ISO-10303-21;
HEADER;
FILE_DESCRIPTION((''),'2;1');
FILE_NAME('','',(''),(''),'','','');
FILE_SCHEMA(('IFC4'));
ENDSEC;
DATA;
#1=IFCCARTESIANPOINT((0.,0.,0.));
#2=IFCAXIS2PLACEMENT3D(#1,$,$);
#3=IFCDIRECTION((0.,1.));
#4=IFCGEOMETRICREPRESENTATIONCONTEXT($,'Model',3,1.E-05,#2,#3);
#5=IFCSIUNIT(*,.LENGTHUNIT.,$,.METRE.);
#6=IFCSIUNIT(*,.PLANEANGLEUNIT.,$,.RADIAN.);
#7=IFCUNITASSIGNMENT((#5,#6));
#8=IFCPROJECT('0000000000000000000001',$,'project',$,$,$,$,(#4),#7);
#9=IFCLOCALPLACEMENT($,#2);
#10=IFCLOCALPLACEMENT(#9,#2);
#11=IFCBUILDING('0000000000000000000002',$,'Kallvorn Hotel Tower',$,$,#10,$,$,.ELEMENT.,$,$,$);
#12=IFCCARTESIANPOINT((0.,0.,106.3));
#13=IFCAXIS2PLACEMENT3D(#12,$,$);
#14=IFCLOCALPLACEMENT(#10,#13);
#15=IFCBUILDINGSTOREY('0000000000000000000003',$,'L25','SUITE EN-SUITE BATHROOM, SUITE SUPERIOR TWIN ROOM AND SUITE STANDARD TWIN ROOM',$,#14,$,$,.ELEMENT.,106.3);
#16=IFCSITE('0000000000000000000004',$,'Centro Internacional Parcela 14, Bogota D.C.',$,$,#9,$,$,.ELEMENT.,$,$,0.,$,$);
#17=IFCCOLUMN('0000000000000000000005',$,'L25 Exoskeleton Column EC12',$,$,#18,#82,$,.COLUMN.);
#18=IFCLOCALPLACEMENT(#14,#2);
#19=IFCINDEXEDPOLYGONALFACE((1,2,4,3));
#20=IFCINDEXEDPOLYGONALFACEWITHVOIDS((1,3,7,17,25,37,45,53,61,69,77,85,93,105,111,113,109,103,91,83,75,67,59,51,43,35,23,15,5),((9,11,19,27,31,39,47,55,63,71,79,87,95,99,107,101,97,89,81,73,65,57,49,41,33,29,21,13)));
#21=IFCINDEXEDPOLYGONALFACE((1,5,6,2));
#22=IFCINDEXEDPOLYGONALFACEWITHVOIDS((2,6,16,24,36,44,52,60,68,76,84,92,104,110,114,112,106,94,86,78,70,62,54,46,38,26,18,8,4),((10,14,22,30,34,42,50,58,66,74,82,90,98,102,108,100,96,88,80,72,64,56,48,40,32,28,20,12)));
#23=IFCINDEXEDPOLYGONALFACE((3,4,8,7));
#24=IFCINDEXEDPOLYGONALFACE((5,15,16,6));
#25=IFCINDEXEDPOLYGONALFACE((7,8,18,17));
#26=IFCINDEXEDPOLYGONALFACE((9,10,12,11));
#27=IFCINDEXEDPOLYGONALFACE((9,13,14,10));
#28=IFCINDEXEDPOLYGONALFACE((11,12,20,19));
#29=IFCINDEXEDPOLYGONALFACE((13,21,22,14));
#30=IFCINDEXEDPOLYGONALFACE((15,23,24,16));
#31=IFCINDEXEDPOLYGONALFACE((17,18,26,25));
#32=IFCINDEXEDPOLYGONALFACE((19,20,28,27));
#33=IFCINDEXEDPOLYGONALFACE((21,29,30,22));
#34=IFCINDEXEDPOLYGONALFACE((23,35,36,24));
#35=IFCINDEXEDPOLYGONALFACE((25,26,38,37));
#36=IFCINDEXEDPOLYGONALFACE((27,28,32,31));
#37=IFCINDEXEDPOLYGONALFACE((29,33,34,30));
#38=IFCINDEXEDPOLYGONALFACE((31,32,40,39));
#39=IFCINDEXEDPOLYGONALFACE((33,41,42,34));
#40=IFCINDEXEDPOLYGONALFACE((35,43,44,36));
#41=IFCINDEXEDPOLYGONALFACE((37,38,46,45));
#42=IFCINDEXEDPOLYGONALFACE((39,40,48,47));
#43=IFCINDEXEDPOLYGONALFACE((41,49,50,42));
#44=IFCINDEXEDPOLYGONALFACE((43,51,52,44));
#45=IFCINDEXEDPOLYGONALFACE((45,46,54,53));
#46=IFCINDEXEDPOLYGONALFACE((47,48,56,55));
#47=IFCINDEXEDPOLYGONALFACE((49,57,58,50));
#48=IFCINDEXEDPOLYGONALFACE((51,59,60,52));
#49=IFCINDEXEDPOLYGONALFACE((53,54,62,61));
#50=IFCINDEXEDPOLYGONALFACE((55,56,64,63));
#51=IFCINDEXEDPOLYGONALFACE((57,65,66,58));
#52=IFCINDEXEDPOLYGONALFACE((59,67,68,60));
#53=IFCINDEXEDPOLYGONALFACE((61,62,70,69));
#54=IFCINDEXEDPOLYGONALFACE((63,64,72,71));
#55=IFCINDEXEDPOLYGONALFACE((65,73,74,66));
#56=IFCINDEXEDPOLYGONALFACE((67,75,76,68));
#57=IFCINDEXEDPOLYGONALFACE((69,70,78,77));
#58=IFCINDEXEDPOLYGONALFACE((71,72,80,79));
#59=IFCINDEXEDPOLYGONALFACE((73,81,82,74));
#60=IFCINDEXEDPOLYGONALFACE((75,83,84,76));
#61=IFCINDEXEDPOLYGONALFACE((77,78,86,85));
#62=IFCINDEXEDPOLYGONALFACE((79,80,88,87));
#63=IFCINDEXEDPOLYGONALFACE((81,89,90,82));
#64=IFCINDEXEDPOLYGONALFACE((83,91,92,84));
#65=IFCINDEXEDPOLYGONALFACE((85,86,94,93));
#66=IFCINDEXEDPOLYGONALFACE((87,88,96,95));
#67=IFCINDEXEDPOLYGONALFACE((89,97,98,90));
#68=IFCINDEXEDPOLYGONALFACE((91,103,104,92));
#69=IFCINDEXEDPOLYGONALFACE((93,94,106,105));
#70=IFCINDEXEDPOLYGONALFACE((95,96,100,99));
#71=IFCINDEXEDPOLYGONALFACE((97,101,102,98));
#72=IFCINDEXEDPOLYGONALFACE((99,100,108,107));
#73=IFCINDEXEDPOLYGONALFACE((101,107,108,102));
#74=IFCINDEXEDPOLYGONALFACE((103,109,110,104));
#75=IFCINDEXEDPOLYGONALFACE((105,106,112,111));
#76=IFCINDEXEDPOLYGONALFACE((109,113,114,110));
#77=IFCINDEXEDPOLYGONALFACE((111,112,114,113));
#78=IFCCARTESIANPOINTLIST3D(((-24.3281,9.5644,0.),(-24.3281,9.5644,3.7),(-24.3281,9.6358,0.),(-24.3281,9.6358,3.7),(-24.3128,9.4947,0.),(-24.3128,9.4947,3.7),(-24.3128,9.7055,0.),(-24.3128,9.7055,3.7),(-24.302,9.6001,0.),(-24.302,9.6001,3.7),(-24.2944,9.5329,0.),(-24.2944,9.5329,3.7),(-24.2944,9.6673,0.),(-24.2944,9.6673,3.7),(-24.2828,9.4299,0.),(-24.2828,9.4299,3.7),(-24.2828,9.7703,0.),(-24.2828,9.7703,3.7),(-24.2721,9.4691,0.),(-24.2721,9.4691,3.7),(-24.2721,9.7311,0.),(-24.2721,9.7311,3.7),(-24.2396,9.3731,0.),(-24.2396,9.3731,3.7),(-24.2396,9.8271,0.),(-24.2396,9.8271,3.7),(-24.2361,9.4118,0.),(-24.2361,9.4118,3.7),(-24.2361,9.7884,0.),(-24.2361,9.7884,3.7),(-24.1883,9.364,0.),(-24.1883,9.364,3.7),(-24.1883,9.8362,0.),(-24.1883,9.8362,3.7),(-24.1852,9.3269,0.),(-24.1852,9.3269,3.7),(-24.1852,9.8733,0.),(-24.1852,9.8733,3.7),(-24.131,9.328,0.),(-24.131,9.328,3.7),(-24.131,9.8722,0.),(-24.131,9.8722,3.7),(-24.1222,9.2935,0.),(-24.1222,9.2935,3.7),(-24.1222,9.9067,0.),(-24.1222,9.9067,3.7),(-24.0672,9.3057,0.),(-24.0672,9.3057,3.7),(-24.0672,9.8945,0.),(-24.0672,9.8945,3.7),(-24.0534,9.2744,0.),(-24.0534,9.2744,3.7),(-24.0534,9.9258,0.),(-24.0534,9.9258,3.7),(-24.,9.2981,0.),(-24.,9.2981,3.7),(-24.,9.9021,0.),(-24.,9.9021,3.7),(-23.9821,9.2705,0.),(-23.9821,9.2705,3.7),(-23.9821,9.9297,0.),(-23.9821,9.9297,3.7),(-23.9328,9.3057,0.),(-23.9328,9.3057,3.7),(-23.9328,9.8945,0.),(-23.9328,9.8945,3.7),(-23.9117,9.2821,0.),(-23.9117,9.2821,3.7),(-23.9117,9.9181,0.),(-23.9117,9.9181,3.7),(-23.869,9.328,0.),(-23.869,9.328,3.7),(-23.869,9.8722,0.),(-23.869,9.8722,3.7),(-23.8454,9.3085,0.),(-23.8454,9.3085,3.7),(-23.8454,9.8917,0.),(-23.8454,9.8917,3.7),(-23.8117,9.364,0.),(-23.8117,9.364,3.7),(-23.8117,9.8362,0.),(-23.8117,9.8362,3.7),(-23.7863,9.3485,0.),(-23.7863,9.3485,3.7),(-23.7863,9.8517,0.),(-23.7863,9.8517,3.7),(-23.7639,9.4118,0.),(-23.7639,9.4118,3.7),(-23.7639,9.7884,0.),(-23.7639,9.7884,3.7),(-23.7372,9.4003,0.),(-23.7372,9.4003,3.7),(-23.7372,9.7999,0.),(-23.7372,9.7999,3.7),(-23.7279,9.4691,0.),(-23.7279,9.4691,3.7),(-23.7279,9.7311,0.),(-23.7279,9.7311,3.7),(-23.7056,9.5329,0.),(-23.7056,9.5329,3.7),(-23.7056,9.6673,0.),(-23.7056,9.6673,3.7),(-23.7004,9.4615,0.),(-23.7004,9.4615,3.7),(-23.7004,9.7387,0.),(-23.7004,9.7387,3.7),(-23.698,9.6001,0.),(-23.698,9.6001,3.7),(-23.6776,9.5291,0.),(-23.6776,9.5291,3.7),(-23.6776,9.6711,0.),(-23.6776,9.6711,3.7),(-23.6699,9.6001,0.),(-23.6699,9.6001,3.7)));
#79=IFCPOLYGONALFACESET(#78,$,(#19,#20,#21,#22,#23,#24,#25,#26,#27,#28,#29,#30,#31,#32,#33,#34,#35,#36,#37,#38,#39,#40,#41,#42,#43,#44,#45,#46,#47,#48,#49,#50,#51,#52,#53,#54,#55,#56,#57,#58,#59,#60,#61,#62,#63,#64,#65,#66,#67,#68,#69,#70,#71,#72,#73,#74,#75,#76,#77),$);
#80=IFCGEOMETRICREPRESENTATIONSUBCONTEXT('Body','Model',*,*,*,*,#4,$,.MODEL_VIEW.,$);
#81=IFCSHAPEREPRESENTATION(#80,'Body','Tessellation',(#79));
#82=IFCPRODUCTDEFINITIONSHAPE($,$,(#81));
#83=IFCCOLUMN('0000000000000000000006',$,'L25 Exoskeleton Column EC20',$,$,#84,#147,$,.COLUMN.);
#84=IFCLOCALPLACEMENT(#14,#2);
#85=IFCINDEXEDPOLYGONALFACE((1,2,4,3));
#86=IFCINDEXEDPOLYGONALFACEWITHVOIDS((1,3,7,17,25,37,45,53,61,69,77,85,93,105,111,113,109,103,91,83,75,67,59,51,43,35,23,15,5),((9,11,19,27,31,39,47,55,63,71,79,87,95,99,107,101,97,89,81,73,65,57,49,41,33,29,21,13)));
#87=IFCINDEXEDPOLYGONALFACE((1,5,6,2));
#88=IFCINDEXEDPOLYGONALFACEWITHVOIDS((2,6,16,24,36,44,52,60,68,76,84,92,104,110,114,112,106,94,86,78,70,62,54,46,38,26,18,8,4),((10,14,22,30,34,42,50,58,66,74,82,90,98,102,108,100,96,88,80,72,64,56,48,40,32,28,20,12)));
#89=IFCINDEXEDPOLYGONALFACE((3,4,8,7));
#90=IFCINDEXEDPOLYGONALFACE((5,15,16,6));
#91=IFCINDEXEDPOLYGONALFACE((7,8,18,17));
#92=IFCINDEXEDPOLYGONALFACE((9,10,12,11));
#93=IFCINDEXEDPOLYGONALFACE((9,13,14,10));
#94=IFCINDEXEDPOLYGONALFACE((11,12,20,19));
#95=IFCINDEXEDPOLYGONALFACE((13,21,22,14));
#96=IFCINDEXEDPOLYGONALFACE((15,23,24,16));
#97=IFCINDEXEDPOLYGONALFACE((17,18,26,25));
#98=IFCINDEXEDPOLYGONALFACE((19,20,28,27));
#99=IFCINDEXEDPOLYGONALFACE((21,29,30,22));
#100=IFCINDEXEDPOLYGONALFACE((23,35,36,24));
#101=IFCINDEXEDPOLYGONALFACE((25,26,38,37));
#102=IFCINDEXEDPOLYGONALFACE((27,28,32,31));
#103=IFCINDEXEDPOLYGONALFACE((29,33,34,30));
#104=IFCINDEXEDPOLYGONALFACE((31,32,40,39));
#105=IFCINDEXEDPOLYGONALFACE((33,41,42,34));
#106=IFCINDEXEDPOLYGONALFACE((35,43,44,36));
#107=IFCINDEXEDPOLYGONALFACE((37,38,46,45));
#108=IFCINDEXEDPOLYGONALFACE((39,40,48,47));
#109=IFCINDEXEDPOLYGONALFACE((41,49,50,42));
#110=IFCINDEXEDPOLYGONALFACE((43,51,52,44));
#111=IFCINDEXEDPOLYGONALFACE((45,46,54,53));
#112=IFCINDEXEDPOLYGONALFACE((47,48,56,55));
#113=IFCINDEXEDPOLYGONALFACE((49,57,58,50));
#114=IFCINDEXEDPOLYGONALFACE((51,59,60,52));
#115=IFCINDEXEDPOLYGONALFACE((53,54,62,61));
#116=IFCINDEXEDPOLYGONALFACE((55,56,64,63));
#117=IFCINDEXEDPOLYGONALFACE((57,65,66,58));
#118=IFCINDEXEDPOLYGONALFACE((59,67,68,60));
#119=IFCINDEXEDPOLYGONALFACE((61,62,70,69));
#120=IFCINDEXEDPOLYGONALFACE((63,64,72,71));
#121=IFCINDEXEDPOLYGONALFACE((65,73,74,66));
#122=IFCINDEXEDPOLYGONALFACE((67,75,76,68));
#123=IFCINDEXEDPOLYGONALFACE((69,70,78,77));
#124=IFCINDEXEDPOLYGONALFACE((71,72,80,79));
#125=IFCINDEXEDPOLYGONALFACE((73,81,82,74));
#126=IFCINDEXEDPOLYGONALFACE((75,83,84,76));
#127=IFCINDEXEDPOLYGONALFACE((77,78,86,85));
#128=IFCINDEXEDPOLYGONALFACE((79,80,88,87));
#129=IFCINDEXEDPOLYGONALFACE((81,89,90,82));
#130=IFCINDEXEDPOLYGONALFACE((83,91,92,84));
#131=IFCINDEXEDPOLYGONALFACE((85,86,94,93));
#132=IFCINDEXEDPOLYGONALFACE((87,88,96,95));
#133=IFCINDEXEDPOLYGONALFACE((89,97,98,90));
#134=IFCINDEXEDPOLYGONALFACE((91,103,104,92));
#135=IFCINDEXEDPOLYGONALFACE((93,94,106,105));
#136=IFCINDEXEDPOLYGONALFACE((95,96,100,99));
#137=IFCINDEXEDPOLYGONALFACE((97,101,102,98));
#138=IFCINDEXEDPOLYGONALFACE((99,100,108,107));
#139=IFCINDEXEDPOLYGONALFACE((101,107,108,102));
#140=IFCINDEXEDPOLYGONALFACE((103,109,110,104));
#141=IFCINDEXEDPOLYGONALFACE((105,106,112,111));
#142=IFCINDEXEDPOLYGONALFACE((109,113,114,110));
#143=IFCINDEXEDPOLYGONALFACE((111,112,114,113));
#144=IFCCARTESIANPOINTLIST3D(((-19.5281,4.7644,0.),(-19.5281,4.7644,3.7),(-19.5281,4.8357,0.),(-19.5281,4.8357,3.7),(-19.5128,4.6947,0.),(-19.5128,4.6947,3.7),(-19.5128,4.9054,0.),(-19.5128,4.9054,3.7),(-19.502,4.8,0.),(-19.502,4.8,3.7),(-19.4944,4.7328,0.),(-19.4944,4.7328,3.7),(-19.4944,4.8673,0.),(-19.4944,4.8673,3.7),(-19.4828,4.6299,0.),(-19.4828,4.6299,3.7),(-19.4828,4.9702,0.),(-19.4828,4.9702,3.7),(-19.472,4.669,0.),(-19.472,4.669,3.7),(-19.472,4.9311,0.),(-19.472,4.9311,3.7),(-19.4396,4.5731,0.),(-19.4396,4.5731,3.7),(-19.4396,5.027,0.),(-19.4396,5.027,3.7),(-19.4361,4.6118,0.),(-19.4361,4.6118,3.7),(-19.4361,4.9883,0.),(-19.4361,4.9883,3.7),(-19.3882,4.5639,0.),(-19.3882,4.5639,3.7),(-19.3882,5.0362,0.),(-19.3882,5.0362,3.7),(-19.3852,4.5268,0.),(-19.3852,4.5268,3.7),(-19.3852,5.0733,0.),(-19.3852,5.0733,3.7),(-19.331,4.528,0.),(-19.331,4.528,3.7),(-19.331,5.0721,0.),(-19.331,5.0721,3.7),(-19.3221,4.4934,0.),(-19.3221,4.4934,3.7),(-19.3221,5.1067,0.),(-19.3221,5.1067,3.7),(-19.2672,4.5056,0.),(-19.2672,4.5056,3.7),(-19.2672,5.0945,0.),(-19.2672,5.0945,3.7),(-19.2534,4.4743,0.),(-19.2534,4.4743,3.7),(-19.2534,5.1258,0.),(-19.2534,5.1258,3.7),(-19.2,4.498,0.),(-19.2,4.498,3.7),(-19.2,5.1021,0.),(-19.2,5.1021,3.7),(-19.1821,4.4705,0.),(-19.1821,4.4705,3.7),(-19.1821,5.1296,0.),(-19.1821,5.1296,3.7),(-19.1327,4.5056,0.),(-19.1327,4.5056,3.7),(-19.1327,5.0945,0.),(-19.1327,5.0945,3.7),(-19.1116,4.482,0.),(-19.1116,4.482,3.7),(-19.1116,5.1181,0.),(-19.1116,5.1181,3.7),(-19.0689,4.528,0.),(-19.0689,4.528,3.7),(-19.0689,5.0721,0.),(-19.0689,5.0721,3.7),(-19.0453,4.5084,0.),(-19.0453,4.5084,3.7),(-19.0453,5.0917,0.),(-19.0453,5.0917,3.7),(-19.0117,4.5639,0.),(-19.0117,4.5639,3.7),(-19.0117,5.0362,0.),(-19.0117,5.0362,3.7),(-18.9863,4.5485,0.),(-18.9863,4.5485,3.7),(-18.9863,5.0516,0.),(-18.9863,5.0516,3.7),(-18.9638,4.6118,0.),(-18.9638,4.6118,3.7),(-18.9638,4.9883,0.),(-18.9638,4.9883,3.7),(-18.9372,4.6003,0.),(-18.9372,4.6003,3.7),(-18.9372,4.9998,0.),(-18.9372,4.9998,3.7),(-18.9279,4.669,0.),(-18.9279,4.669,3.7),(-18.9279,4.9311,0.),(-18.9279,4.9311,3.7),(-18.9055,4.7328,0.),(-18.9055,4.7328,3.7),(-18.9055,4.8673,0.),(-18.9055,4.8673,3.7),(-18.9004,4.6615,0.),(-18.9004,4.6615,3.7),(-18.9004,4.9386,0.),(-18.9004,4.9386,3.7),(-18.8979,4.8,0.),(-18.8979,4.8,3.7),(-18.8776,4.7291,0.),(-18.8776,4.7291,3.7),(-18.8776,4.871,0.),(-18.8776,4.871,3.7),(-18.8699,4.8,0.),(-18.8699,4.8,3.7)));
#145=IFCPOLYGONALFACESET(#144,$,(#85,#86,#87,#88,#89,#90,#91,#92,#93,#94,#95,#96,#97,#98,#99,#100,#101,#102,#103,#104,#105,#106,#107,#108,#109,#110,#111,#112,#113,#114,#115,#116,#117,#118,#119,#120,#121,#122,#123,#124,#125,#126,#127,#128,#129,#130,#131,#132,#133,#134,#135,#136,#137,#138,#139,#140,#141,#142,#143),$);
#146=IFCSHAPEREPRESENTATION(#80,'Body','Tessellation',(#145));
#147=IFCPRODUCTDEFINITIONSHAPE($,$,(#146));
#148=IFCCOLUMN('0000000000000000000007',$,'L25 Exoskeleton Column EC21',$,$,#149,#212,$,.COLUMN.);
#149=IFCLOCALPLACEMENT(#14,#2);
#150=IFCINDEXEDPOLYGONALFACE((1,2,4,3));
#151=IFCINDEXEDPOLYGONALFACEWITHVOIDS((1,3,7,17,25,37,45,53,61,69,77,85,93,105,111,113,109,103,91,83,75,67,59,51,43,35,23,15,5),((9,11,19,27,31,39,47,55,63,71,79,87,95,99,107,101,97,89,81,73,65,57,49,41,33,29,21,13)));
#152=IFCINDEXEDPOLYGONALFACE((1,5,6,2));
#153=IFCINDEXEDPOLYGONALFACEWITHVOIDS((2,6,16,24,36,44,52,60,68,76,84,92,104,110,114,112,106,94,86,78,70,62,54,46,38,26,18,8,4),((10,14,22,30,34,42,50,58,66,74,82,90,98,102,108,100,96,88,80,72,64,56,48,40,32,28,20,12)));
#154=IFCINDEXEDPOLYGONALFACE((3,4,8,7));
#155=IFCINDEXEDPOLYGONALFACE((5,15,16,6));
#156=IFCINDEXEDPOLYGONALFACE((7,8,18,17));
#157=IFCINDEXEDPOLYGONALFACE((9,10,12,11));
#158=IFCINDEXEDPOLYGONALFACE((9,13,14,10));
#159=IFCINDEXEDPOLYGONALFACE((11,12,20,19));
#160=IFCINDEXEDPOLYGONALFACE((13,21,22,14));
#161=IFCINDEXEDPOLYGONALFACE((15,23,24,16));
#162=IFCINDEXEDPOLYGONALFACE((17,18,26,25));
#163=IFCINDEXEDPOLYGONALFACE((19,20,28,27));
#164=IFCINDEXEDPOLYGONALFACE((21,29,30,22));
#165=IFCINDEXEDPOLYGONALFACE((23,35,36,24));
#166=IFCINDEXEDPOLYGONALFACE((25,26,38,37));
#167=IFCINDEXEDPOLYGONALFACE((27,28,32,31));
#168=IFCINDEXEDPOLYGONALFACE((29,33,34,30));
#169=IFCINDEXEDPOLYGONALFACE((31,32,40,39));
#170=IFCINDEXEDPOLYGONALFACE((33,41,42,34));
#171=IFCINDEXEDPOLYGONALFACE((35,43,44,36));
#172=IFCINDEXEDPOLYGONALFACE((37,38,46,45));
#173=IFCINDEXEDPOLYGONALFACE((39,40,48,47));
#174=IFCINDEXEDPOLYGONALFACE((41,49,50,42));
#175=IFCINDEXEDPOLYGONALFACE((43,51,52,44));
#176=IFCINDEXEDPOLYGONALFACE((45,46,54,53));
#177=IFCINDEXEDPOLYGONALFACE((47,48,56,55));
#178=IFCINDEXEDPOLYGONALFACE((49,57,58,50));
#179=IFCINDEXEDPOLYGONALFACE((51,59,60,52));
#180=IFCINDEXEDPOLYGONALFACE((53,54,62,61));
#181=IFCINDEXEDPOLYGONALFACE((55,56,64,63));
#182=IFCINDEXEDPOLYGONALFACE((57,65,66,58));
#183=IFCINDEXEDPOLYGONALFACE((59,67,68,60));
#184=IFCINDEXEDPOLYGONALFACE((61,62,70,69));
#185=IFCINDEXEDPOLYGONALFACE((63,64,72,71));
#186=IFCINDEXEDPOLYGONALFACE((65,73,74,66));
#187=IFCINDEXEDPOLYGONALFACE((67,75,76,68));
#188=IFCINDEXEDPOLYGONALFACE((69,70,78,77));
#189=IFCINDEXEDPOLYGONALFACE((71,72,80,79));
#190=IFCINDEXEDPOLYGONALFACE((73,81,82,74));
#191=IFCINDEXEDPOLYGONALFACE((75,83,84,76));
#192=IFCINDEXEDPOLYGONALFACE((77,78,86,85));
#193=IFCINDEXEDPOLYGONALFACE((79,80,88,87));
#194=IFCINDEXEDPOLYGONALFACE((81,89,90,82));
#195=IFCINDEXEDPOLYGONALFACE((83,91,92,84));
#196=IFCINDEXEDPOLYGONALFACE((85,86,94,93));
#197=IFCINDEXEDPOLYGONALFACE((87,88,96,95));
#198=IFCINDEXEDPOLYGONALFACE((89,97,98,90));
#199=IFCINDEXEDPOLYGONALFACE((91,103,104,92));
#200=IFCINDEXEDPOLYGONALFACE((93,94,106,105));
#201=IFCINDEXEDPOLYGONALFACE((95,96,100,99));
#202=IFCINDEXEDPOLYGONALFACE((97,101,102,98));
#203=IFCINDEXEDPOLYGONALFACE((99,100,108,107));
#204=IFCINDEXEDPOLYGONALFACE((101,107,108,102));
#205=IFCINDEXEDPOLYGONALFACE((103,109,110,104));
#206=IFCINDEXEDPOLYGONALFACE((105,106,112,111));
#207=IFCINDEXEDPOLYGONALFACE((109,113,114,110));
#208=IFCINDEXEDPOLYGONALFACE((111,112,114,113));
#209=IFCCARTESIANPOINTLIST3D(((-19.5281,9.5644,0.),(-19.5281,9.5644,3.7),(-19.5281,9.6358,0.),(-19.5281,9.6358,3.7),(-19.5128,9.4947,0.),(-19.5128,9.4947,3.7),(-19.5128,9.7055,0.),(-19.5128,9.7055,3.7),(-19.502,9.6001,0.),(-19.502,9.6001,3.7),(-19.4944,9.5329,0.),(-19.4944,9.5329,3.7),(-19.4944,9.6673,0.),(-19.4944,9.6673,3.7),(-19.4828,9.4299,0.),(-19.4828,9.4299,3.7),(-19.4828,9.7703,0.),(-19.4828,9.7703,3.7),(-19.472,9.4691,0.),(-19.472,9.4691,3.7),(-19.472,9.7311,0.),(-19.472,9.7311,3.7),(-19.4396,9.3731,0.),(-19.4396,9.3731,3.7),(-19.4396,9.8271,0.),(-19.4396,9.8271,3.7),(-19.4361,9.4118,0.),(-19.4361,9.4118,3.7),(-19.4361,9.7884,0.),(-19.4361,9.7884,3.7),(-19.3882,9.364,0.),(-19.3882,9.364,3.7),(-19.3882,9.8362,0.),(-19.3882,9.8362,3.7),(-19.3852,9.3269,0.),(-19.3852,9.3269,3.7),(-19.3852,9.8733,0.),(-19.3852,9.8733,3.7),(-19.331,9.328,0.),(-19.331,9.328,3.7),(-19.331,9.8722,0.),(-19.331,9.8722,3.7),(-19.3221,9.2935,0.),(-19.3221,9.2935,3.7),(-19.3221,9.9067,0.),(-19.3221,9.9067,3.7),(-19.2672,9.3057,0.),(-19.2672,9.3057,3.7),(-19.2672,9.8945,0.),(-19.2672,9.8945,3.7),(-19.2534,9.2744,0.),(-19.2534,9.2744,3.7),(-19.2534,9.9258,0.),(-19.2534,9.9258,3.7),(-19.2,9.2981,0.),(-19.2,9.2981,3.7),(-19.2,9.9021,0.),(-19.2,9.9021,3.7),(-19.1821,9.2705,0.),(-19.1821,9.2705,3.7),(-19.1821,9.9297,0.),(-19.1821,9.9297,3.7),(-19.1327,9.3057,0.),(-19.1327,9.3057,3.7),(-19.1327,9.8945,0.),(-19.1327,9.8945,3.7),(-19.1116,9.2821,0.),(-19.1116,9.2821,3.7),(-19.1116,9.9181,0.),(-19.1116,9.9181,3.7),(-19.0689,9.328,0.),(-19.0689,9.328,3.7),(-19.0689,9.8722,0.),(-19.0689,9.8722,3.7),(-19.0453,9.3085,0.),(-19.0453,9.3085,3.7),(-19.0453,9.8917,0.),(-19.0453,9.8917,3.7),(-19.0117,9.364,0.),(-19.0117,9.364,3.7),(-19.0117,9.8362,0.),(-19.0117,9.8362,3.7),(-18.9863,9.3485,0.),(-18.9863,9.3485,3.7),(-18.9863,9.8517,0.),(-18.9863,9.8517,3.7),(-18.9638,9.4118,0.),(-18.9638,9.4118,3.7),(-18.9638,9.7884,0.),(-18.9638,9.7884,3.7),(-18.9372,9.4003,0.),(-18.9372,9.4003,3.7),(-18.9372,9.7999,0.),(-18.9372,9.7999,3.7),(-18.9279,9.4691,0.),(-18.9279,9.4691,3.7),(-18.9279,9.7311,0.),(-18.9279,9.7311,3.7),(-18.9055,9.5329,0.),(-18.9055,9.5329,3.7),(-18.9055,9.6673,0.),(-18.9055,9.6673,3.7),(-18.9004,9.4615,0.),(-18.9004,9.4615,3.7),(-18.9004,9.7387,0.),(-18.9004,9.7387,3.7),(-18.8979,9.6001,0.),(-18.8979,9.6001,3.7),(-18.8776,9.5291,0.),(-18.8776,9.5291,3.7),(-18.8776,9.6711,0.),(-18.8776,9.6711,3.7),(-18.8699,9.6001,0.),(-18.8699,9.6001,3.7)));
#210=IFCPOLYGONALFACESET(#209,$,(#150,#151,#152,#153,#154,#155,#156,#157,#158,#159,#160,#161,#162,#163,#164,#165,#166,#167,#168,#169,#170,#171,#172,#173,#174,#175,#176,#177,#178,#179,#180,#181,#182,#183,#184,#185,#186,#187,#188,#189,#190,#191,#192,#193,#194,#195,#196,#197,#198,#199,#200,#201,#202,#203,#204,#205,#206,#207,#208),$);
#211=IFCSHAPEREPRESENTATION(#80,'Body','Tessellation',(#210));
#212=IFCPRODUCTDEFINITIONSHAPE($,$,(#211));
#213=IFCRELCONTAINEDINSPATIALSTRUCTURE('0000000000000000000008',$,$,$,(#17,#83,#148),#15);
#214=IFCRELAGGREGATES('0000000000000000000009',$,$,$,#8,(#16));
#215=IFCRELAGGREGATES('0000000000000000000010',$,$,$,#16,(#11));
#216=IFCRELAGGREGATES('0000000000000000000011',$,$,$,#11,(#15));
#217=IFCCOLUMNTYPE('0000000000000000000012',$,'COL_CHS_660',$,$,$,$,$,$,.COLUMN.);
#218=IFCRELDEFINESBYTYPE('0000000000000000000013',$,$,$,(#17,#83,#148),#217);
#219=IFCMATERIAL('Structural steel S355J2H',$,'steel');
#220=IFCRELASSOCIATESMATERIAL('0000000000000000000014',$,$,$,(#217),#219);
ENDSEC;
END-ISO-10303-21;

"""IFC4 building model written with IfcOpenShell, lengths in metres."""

from ifc_helpers import new_model, si_unit, direction, frame, origin, origin_2d, place, context, subcontext, project, spatial, hollow_circle, extrude, material, material_profile, profile_set, type_object, element, save


model = new_model("IFC4")

# Units and contexts
model_context = context("Model", 3, precision=1e-05, world=origin(), true_north=direction((0.0, 1.0)))
body_context = subcontext(model_context, "Body", "Model", "MODEL_VIEW")
ifc_project = project(units=[si_unit("LENGTHUNIT", "METRE"), si_unit("PLANEANGLEUNIT", "RADIAN")], contexts=[model_context])

# Site, building, storey
site_placement = place(None, origin())
site = spatial("IfcSite", under=ifc_project, at=site_placement, Name="Centro Internacional Parcela 14, Bogota D.C.", CompositionType="ELEMENT", RefElevation=0.0)
building_placement = place(site_placement, origin())
building = spatial("IfcBuilding", under=site, at=building_placement, Name="Kallvorn Hotel Tower", CompositionType="ELEMENT")
storey_placement = place(building_placement, frame((0.0, 0.0, 106.3)))
storey = spatial("IfcBuildingStorey", under=building, at=storey_placement, Name="L25", Description="SUITE EN-SUITE BATHROOM, SUITE SUPERIOR TWIN ROOM AND SUITE STANDARD TWIN ROOM", CompositionType="ELEMENT", Elevation=106.3)

# Columns
ifc_material_1 = material(Name="Structural steel S355J2H", Category="steel")
ifc_material_profile_1 = material_profile(ifc_material_1, hollow_circle(Radius=0.3301, WallThickness=0.0281, at=origin_2d()), Name="CHS 660x28")
ifc_profile_set_1 = profile_set([ifc_material_profile_1], Name="Structural steel S355J2H")
column_type_1 = type_object("IfcColumnType", Name="COL_CHS_660", PredefinedType="COLUMN", material=ifc_profile_set_1)
for number, where, z_axis, x_axis, name in (
    (1, (-24.0, 9.6001, 0.0), (0.0, 0.0, 1.0), (1.0, 0.0, 0.0), "L25 Exoskeleton Column EC12"),
    (2, (-19.2, 4.8, 0.0), (0.0, 0.0, 1.0), (1.0, 0.0, 0.0), "L25 Exoskeleton Column EC20"),
    (3, (-19.2, 9.6001, 0.0), (0.0, 0.0, 1.0), (1.0, 0.0, 0.0), "L25 Exoskeleton Column EC21"),
):
    element("IfcColumn", number, at=place(storey_placement, frame(where, z_axis=z_axis, x_axis=x_axis)), inside=storey, type_object=column_type_1, Name=name, PredefinedType="COLUMN", context=body_context, shape_type="SweptSolid", body=[
        extrude(hollow_circle(Radius=0.3301, WallThickness=0.0281, at=origin_2d()), origin(), (0.0, 0.0, 1.0), 3.7),
    ])

save(model, "model.ifc")
